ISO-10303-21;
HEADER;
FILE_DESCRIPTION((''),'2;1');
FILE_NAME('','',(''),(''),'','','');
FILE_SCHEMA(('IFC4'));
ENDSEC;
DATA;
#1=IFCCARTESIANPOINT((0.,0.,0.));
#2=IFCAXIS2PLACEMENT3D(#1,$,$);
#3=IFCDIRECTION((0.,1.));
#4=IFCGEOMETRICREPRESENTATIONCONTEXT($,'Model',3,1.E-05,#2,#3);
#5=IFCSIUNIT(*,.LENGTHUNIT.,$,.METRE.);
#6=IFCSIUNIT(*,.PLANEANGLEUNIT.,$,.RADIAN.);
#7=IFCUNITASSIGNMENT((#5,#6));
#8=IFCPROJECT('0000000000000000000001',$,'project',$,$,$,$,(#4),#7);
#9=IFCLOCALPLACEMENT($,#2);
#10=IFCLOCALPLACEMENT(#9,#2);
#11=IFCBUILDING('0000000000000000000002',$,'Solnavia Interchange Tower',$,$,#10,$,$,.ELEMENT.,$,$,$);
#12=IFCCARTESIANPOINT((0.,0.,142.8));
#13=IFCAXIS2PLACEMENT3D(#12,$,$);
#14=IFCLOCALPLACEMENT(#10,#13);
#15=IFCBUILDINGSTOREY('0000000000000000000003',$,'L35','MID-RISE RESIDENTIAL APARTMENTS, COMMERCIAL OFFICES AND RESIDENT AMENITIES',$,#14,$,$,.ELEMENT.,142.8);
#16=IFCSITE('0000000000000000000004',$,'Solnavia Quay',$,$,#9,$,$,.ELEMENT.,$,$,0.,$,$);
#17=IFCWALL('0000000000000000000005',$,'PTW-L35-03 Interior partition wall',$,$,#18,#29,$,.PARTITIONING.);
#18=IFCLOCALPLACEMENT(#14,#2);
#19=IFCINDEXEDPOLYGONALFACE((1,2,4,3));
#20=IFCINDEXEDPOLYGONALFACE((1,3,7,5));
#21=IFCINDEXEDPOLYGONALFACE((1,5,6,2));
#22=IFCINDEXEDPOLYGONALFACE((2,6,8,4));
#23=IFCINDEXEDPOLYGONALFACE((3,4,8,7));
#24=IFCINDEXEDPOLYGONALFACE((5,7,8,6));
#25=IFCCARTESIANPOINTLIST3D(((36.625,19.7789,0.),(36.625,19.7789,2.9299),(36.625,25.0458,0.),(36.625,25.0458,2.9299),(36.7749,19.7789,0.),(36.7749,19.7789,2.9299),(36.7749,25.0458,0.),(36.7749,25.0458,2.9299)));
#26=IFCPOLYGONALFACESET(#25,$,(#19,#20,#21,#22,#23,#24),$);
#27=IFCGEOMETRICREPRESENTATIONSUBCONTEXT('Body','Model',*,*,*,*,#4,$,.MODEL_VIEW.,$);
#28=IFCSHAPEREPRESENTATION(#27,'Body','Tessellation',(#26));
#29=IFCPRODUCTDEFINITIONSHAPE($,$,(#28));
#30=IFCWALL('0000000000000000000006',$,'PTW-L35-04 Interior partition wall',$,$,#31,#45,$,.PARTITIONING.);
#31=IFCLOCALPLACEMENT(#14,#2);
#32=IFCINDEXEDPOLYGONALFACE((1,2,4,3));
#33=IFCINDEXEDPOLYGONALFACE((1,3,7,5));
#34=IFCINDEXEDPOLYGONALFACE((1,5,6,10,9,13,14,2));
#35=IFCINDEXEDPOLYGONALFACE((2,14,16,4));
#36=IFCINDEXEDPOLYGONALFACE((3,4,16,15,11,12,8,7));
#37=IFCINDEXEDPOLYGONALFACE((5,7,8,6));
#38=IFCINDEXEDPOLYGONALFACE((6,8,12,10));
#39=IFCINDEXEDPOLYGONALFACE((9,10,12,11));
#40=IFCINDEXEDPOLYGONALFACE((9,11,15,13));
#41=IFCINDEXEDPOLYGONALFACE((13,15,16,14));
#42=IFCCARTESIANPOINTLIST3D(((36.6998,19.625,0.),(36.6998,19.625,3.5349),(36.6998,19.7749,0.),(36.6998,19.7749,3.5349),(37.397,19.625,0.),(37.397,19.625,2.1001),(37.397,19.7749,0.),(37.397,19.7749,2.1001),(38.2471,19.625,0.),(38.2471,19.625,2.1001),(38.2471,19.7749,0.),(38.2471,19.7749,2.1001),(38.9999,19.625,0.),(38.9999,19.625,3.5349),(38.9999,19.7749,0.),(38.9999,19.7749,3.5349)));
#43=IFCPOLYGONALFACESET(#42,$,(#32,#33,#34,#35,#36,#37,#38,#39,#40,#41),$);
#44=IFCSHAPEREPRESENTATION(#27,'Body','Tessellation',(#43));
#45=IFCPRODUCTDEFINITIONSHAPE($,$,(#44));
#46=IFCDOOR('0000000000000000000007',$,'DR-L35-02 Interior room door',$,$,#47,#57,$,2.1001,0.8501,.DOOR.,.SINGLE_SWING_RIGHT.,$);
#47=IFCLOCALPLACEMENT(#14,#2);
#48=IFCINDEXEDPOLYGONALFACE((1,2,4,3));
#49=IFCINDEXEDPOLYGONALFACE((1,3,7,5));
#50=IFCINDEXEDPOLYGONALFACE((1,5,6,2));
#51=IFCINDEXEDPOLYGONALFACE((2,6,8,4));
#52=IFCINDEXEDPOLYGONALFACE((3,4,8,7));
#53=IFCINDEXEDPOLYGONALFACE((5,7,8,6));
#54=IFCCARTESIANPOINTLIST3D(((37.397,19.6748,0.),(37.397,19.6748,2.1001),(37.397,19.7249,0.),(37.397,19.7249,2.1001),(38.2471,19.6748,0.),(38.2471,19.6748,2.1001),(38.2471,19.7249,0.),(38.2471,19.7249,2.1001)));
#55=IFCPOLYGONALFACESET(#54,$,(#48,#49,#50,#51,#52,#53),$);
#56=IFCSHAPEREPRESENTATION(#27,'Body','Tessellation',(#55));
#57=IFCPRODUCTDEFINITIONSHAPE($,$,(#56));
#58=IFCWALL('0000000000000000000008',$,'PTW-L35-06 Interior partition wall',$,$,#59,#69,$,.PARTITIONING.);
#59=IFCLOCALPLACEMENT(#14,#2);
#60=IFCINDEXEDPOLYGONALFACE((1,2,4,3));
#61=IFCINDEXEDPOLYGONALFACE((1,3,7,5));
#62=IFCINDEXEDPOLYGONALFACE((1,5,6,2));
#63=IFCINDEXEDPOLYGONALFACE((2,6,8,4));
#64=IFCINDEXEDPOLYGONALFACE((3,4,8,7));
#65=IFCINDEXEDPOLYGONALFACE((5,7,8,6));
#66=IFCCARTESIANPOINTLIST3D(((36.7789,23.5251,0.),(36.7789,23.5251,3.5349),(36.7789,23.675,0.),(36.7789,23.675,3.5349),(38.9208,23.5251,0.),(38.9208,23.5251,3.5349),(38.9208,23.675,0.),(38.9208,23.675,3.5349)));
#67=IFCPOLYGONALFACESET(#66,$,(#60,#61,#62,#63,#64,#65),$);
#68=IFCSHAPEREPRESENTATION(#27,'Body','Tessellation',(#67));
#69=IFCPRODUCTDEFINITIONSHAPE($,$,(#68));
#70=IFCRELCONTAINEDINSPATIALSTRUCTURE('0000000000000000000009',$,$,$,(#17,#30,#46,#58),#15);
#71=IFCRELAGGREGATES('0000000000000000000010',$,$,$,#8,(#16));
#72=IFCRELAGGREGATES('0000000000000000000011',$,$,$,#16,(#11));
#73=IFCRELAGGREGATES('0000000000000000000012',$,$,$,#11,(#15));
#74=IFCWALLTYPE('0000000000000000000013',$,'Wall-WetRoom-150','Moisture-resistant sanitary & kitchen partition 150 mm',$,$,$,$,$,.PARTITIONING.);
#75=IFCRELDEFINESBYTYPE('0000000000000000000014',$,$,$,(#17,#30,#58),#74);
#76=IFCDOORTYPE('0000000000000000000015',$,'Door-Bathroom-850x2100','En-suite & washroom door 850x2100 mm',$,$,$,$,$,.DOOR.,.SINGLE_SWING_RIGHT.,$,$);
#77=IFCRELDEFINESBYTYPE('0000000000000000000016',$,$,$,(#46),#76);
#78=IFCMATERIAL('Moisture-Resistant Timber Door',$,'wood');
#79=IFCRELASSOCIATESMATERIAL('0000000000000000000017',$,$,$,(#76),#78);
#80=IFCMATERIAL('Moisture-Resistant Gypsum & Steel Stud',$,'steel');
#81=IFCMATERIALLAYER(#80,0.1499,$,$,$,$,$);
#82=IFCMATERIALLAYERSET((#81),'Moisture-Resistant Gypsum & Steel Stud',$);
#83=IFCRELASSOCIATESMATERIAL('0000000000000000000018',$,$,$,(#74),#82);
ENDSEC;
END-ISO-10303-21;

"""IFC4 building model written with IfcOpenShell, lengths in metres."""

from ifc_helpers import new_model, si_unit, direction, frame, frame_2d, origin, place, context, subcontext, project, spatial, rectangle, extrude, material, layer, layer_set, type_object, element, fill, save


model = new_model("IFC4")

# Units and contexts
model_context = context("Model", 3, precision=1e-05, world=origin(), true_north=direction((0.0, 1.0)))
body_context = subcontext(model_context, "Body", "Model", "MODEL_VIEW")
ifc_project = project(units=[si_unit("LENGTHUNIT", "METRE"), si_unit("PLANEANGLEUNIT", "RADIAN")], contexts=[model_context])

# Site, building, storey
site_placement = place(None, origin())
site = spatial("IfcSite", under=ifc_project, at=site_placement, Name="Solnavia Quay", CompositionType="ELEMENT", RefElevation=0.0)
building_placement = place(site_placement, origin())
building = spatial("IfcBuilding", under=site, at=building_placement, Name="Solnavia Interchange Tower", CompositionType="ELEMENT")
storey_placement = place(building_placement, frame((0.0, 0.0, 142.8)))
storey = spatial("IfcBuildingStorey", under=building, at=storey_placement, Name="L35", Description="MID-RISE RESIDENTIAL APARTMENTS, COMMERCIAL OFFICES AND RESIDENT AMENITIES", CompositionType="ELEMENT", Elevation=142.8)

# Shared definitions
ifc_material_1 = material(Name="Moisture-Resistant Timber Door", Category="wood")
door_type_1 = type_object("IfcDoorType", Name="Door-Bathroom-850x2100", Description="En-suite & washroom door 850x2100 mm", OperationType="SINGLE_SWING_RIGHT", PredefinedType="DOOR", material=ifc_material_1)

# Shared definitions
ifc_material_2 = material(Name="Moisture-Resistant Gypsum & Steel Stud", Category="steel")
ifc_layer_1 = layer(ifc_material_2, 0.1499)
ifc_layer_set_1 = layer_set([ifc_layer_1], Name="Moisture-Resistant Gypsum & Steel Stud")
wall_type_1 = type_object("IfcWallType", Name="Wall-WetRoom-150", Description="Moisture-resistant sanitary & kitchen partition 150 mm", PredefinedType="PARTITIONING", material=ifc_layer_set_1)

# Wall
wall_1_placement = place(storey_placement, frame((36.7, 19.7791, 0.0), z_axis=(0.0, 0.0, 1.0), x_axis=(0.0, 1.0, 0.0)))
element("IfcWall", 1, at=wall_1_placement, inside=storey, type_object=wall_type_1, Name="PTW-L35-03 Interior partition wall", PredefinedType="PARTITIONING", context=body_context, shape_type="SweptSolid", body=[
    extrude(rectangle(XDim=5.2668, YDim=0.1499, at=frame_2d((2.6333, 0.0))), origin(), (0.0, 0.0, 1.0), 2.9299),
])

# Wall, opening, door
wall_2_placement = place(storey_placement, frame((36.7, 19.7, 0.0), z_axis=(0.0, 0.0, 1.0), x_axis=(1.0, 0.0, 0.0)))
wall_2 = element("IfcWall", 2, at=wall_2_placement, inside=storey, type_object=wall_type_1, Name="PTW-L35-04 Interior partition wall", PredefinedType="PARTITIONING", context=body_context, shape_type="SweptSolid", body=[
    extrude(rectangle(XDim=2.3, YDim=0.1499, at=frame_2d((1.1499, 0.0))), origin(), (0.0, 0.0, 1.0), 3.5349),
])
opening_1_placement = place(wall_2_placement, frame((0.697, 0.0, 0.0)))
opening_1 = element("IfcOpeningElement", 3, at=opening_1_placement, cuts=wall_2, PredefinedType="OPENING", context=body_context, shape_type="SweptSolid", body=[
    extrude(rectangle(XDim=0.8501, YDim=2.1001, at=frame_2d((0.425, 1.05))), frame((0.0, 0.085, 0.0), z_axis=(0.0, -1.0, 0.0), x_axis=(1.0, 0.0, 0.0)), (0.0, 0.0, 1.0), 0.1699),
])
door_1_placement = place(opening_1_placement, origin())
door_1 = element("IfcDoor", 4, at=door_1_placement, inside=storey, type_object=door_type_1, Name="DR-L35-02 Interior room door", OperationType="SINGLE_SWING_RIGHT", OverallHeight=2.1001, OverallWidth=0.8501, PredefinedType="DOOR", context=body_context, shape_type="SweptSolid", body=[
    extrude(rectangle(XDim=0.8501, YDim=2.1001, at=frame_2d((0.425, 1.05))), frame((0.0, 0.0249, 0.0), z_axis=(0.0, -1.0, 0.0), x_axis=(1.0, 0.0, 0.0)), (0.0, 0.0, 1.0), 0.05),
])
fill(opening_1, door_1)

# Wall
wall_3_placement = place(storey_placement, frame((36.7791, 23.6001, 0.0), z_axis=(0.0, 0.0, 1.0), x_axis=(1.0, 0.0, 0.0)))
element("IfcWall", 5, at=wall_3_placement, inside=storey, type_object=wall_type_1, Name="PTW-L35-06 Interior partition wall", PredefinedType="PARTITIONING", context=body_context, shape_type="SweptSolid", body=[
    extrude(rectangle(XDim=2.1418, YDim=0.1499, at=frame_2d((1.0708, 0.0))), origin(), (0.0, 0.0, 1.0), 3.5349),
])

save(model, "model.ifc")
